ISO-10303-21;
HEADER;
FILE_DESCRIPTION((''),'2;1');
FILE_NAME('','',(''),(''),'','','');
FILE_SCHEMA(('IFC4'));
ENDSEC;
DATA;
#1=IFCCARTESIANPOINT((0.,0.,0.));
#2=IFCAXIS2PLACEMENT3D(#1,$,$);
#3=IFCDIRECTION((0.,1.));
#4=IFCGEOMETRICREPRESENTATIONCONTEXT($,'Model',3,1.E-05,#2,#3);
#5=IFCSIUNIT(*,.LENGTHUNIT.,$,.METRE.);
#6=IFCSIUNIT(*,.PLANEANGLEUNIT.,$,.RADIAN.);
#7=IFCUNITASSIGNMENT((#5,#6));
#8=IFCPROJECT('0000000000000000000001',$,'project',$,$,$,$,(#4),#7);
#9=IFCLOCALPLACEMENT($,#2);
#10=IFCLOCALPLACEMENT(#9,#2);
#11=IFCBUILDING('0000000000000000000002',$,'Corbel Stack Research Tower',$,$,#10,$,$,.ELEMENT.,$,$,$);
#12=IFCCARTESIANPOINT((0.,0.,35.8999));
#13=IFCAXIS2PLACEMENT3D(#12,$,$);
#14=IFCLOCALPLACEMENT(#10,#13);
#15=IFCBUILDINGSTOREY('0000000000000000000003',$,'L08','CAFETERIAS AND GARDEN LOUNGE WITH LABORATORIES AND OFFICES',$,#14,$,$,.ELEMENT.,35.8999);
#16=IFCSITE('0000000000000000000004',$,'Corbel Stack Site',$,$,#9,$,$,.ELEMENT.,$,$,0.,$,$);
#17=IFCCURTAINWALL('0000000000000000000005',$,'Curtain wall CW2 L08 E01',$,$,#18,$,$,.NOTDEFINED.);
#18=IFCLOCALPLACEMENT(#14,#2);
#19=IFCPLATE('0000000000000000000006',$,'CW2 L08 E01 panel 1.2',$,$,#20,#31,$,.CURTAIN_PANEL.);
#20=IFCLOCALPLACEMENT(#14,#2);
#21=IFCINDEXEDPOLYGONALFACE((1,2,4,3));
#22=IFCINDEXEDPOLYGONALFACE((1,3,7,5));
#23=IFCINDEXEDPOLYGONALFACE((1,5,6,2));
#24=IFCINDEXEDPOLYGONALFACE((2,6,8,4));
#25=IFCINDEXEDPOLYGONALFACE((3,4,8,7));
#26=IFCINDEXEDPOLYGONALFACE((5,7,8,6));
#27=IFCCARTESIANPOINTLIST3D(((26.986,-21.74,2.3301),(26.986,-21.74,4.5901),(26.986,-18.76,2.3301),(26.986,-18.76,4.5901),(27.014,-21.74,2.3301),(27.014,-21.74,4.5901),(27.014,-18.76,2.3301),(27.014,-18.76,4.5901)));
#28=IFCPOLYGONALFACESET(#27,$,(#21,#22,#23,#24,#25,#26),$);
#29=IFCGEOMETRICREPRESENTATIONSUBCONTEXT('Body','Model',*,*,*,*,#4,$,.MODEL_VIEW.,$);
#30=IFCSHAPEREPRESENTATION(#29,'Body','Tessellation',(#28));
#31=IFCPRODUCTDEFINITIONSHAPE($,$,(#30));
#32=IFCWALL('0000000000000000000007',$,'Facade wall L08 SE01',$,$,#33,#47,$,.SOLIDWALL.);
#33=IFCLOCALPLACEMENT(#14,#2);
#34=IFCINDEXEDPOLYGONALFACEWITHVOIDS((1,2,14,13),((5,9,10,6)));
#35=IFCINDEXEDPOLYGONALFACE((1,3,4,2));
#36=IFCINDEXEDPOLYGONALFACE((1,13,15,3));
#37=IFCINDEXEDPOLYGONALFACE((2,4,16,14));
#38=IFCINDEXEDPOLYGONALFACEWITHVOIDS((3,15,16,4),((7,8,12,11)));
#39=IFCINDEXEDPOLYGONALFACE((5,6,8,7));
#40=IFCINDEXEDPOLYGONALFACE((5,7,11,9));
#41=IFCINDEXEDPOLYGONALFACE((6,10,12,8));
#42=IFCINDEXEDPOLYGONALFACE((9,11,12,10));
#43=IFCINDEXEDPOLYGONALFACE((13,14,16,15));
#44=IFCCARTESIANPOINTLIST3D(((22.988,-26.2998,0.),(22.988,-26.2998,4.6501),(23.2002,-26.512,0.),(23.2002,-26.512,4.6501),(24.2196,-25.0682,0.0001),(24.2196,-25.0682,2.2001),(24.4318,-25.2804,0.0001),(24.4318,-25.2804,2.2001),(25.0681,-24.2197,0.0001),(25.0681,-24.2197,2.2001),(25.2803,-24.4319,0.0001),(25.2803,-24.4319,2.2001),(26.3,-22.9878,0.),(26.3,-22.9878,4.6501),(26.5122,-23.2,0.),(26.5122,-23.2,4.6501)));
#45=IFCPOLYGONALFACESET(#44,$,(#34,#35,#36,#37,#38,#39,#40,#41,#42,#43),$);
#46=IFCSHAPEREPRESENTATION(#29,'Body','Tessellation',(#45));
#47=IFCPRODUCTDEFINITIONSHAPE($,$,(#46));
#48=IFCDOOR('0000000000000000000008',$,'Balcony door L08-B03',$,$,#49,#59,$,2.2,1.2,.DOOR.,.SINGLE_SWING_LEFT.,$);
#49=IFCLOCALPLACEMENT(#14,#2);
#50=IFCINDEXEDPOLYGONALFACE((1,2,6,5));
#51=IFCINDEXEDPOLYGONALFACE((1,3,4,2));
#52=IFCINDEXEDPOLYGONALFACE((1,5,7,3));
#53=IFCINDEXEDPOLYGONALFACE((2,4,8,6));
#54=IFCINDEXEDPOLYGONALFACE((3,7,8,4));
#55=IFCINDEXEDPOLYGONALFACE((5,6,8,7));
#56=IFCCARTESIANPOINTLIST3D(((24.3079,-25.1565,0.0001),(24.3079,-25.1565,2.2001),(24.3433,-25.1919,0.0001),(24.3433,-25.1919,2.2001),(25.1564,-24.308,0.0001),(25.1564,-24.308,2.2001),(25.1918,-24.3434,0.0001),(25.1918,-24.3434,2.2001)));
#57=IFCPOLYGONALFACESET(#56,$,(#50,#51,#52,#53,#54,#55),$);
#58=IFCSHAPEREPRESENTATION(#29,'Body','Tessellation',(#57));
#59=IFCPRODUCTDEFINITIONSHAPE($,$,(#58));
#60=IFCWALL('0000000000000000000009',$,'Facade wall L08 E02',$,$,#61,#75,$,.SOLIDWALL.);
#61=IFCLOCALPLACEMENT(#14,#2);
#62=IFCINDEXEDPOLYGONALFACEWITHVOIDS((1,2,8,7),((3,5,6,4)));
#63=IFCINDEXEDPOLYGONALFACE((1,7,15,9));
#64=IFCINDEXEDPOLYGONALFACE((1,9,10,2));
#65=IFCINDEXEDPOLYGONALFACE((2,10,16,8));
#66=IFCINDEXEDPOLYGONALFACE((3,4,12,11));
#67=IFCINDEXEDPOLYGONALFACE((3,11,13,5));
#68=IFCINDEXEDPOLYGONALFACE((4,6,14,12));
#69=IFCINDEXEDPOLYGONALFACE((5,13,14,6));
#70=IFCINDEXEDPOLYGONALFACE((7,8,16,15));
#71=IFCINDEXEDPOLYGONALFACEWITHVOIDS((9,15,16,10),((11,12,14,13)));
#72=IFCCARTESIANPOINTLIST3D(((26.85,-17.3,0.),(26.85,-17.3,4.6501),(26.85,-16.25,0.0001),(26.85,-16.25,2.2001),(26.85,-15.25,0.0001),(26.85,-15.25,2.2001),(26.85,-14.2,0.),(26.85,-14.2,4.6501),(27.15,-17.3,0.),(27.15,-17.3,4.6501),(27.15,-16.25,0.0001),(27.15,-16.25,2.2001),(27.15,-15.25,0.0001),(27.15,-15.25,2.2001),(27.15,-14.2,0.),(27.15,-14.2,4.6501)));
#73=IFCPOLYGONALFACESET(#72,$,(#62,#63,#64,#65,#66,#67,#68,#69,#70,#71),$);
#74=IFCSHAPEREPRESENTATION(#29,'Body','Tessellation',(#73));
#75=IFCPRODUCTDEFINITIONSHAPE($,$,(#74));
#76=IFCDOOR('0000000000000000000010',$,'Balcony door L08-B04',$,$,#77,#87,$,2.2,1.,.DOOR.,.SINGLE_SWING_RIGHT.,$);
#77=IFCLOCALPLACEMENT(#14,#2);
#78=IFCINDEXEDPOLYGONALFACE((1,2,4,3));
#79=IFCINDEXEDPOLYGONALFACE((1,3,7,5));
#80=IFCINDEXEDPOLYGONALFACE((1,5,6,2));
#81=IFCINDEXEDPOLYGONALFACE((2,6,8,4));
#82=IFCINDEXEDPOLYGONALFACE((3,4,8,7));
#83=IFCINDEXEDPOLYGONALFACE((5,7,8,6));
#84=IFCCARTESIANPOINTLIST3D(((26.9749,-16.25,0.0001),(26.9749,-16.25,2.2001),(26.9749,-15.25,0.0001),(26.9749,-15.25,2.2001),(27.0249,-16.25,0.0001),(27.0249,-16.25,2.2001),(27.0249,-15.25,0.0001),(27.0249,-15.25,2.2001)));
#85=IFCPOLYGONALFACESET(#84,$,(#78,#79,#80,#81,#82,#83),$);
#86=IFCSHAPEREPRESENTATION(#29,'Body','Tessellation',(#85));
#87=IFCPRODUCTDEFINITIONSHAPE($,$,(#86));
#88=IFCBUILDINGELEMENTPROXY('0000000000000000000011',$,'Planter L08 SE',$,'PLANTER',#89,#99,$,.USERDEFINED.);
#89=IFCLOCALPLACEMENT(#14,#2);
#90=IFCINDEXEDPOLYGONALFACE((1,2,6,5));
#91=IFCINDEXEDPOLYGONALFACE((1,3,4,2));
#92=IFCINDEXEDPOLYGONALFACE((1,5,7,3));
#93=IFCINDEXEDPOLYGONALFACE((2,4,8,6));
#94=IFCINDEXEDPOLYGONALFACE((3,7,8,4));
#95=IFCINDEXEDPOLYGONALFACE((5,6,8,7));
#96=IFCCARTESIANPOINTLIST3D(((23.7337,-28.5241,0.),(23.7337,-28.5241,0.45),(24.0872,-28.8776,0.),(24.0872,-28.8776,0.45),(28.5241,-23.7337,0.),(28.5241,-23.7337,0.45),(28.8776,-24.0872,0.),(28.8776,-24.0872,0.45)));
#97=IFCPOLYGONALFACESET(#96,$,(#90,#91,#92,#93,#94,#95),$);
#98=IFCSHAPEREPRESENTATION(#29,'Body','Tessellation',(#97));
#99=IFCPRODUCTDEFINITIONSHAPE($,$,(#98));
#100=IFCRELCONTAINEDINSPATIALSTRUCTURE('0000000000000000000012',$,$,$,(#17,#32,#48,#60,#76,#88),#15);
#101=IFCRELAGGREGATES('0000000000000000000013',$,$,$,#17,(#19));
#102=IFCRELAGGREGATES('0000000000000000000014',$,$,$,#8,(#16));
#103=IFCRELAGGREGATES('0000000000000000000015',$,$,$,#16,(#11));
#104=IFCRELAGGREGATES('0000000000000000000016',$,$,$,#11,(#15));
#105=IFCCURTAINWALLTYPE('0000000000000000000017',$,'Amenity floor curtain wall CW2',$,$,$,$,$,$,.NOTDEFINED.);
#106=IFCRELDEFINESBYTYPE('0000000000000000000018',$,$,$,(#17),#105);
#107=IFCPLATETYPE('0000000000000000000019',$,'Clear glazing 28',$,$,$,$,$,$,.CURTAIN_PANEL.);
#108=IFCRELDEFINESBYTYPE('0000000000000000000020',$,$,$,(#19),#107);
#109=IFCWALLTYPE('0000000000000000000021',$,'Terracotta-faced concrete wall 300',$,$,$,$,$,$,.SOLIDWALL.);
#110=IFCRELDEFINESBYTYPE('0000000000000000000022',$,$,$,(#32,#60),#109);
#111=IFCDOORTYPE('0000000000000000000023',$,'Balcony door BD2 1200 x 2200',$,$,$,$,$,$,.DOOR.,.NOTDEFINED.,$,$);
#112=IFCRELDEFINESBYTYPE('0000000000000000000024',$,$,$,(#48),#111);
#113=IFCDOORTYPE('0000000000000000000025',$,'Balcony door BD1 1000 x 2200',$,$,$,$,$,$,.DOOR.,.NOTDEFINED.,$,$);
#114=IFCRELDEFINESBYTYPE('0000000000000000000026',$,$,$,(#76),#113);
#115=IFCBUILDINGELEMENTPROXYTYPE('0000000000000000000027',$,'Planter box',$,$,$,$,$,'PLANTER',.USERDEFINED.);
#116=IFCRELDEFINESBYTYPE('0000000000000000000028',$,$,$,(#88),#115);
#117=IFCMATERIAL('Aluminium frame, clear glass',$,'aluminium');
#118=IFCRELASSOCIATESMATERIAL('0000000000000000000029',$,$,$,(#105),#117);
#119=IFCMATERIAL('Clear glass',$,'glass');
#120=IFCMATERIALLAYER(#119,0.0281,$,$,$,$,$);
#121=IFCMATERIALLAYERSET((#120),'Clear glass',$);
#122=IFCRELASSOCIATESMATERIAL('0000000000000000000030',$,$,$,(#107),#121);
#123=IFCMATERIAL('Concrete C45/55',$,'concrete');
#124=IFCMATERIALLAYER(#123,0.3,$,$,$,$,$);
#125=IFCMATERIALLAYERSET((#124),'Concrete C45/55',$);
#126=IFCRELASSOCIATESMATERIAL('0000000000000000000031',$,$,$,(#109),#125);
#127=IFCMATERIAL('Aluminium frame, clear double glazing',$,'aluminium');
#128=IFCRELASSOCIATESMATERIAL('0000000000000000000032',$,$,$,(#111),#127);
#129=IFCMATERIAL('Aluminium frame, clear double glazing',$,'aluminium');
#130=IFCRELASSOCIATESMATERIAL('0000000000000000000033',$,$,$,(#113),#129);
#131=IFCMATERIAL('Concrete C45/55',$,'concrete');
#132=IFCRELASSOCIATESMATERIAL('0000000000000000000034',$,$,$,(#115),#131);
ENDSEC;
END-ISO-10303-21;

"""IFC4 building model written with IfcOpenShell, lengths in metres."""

from ifc_helpers import new_model, si_unit, direction, frame, frame_2d, origin, origin_2d, place, context, subcontext, project, spatial, rectangle, extrude, material, layer, layer_set, type_object, element, fill, aggregate, save


model = new_model("IFC4")

# Units and contexts
model_context = context("Model", 3, precision=1e-05, world=origin(), true_north=direction((0.0, 1.0)))
body_context = subcontext(model_context, "Body", "Model", "MODEL_VIEW")
ifc_project = project(units=[si_unit("LENGTHUNIT", "METRE"), si_unit("PLANEANGLEUNIT", "RADIAN")], contexts=[model_context])

# Site, building, storey
site_placement = place(None, origin())
site = spatial("IfcSite", under=ifc_project, at=site_placement, Name="Corbel Stack Site", CompositionType="ELEMENT", RefElevation=0.0)
building_placement = place(site_placement, origin())
building = spatial("IfcBuilding", under=site, at=building_placement, Name="Corbel Stack Research Tower", CompositionType="ELEMENT")
storey_placement = place(building_placement, frame((0.0, 0.0, 35.8999)))
storey = spatial("IfcBuildingStorey", under=building, at=storey_placement, Name="L08", Description="CAFETERIAS AND GARDEN LOUNGE WITH LABORATORIES AND OFFICES", CompositionType="ELEMENT", Elevation=35.8999)

# Curtain wall
ifc_material_1 = material(Name="Aluminium frame, clear glass", Category="aluminium")
curtain_wall_type = type_object("IfcCurtainWallType", Name="Amenity floor curtain wall CW2", PredefinedType="NOTDEFINED", material=ifc_material_1)
curtain_wall_1_placement = place(storey_placement, origin())
curtain_wall_1 = element("IfcCurtainWall", 1, at=curtain_wall_1_placement, inside=storey, type_object=curtain_wall_type, Name="Curtain wall CW2 L08 E01", PredefinedType="NOTDEFINED")

# Plate
ifc_material_2 = material(Name="Clear glass", Category="glass")
ifc_layer_1 = layer(ifc_material_2, 0.0281)
ifc_layer_set_1 = layer_set([ifc_layer_1], Name="Clear glass")
plate_type = type_object("IfcPlateType", Name="Clear glazing 28", PredefinedType="CURTAIN_PANEL", material=ifc_layer_set_1)
plate_1_placement = place(storey_placement, frame((27.0, -20.25, 2.3301), z_axis=(0.0, 0.0, 1.0), x_axis=(0.0, 1.0, 0.0)))
plate_1 = element("IfcPlate", 2, at=plate_1_placement, type_object=plate_type, Name="CW2 L08 E01 panel 1.2", PredefinedType="CURTAIN_PANEL", context=body_context, shape_type="SweptSolid", body=[
    extrude(rectangle(XDim=2.98, YDim=0.0281, at=origin_2d()), origin(), (0.0, 0.0, 1.0), 2.26),
])
aggregate(curtain_wall_1, [plate_1])

# Walls, openings, doors
ifc_material_3 = material(Name="Concrete C45/55", Category="concrete")
ifc_layer_2 = layer(ifc_material_3, 0.3)
ifc_layer_set_2 = layer_set([ifc_layer_2], Name="Concrete C45/55")
wall_type = type_object("IfcWallType", Name="Terracotta-faced concrete wall 300", PredefinedType="SOLIDWALL", material=ifc_layer_set_2)
wall_1_placement = place(storey_placement, frame((26.406, -23.094, 0.0), z_axis=(0.0, 0.0, 1.0), x_axis=(-0.707107, -0.707107, 0.0)))
wall_1 = element("IfcWall", 3, at=wall_1_placement, inside=storey, type_object=wall_type, Name="Facade wall L08 SE01", PredefinedType="SOLIDWALL", context=body_context, shape_type="SweptSolid", body=[
    extrude(rectangle(XDim=4.6838, YDim=0.3, at=frame_2d((2.3418, 0.0))), origin(), (0.0, 0.0, 1.0), 4.6501),
])
opening_1_placement = place(wall_1_placement, frame((1.7419, 0.0, 0.0)))
opening_1 = element("IfcOpeningElement", 4, at=opening_1_placement, cuts=wall_1, PredefinedType="OPENING", context=body_context, shape_type="SweptSolid", body=[
    extrude(rectangle(XDim=1.2, YDim=2.2, at=frame_2d((0.6001, 1.1001))), frame((0.0, 0.1599, 0.0), z_axis=(0.0, -1.0, 0.0), x_axis=(1.0, 0.0, 0.0)), (0.0, 0.0, 1.0), 0.3201),
])
ifc_material_4 = material(Name="Aluminium frame, clear double glazing", Category="aluminium")
door_type_1 = type_object("IfcDoorType", Name="Balcony door BD2 1200 x 2200", OperationType="NOTDEFINED", PredefinedType="DOOR", material=ifc_material_4)
door_1_placement = place(opening_1_placement, origin())
door_1 = element("IfcDoor", 5, at=door_1_placement, inside=storey, type_object=door_type_1, Name="Balcony door L08-B03", OperationType="SINGLE_SWING_LEFT", OverallHeight=2.2, OverallWidth=1.2, PredefinedType="DOOR", context=body_context, shape_type="SweptSolid", body=[
    extrude(rectangle(XDim=1.2, YDim=2.2, at=frame_2d((0.6001, 1.1001))), frame((0.0, 0.0249, 0.0), z_axis=(0.0, -1.0, 0.0), x_axis=(1.0, 0.0, 0.0)), (0.0, 0.0, 1.0), 0.05),
])
fill(opening_1, door_1)
wall_2_placement = place(storey_placement, frame((27.0, -14.2, 0.0), z_axis=(0.0, 0.0, 1.0), x_axis=(0.0, -1.0, 0.0)))
wall_2 = element("IfcWall", 6, at=wall_2_placement, inside=storey, type_object=wall_type, Name="Facade wall L08 E02", PredefinedType="SOLIDWALL", context=body_context, shape_type="SweptSolid", body=[
    extrude(rectangle(XDim=3.1001, YDim=0.3, at=frame_2d((1.55, 0.0))), origin(), (0.0, 0.0, 1.0), 4.6501),
])
opening_2_placement = place(wall_2_placement, frame((1.05, 0.0, 0.0)))
opening_2 = element("IfcOpeningElement", 7, at=opening_2_placement, cuts=wall_2, PredefinedType="OPENING", context=body_context, shape_type="SweptSolid", body=[
    extrude(rectangle(XDim=1.0, YDim=2.2, at=frame_2d((0.5, 1.1001))), frame((0.0, 0.1599, 0.0), z_axis=(0.0, -1.0, 0.0), x_axis=(1.0, 0.0, 0.0)), (0.0, 0.0, 1.0), 0.3201),
])
ifc_material_5 = material(Name="Aluminium frame, clear double glazing", Category="aluminium")
door_type_2 = type_object("IfcDoorType", Name="Balcony door BD1 1000 x 2200", OperationType="NOTDEFINED", PredefinedType="DOOR", material=ifc_material_5)
door_2_placement = place(opening_2_placement, origin())
door_2 = element("IfcDoor", 8, at=door_2_placement, inside=storey, type_object=door_type_2, Name="Balcony door L08-B04", OperationType="SINGLE_SWING_RIGHT", OverallHeight=2.2, OverallWidth=1.0, PredefinedType="DOOR", context=body_context, shape_type="SweptSolid", body=[
    extrude(rectangle(XDim=1.0, YDim=2.2, at=frame_2d((0.5, 1.1001))), frame((0.0, 0.0249, 0.0), z_axis=(0.0, -1.0, 0.0), x_axis=(1.0, 0.0, 0.0)), (0.0, 0.0, 1.0), 0.05),
])
fill(opening_2, door_2)

# Building element proxy
ifc_material_6 = material(Name="Concrete C45/55", Category="concrete")
building_element_proxy_type = type_object("IfcBuildingElementProxyType", Name="Planter box", ElementType="PLANTER", PredefinedType="USERDEFINED", material=ifc_material_6)
proxy_placement = place(storey_placement, frame((26.3057, -26.3057, 0.0), z_axis=(0.0, 0.0, 1.0), x_axis=(0.707107, 0.707107, 0.0)))
element("IfcBuildingElementProxy", 9, at=proxy_placement, inside=storey, type_object=building_element_proxy_type, Name="Planter L08 SE", ObjectType="PLANTER", PredefinedType="USERDEFINED", context=body_context, shape_type="SweptSolid", body=[
    extrude(rectangle(XDim=6.7747, YDim=0.5, at=origin_2d()), origin(), (0.0, 0.0, 1.0), 0.45),
])

save(model, "model.ifc")
